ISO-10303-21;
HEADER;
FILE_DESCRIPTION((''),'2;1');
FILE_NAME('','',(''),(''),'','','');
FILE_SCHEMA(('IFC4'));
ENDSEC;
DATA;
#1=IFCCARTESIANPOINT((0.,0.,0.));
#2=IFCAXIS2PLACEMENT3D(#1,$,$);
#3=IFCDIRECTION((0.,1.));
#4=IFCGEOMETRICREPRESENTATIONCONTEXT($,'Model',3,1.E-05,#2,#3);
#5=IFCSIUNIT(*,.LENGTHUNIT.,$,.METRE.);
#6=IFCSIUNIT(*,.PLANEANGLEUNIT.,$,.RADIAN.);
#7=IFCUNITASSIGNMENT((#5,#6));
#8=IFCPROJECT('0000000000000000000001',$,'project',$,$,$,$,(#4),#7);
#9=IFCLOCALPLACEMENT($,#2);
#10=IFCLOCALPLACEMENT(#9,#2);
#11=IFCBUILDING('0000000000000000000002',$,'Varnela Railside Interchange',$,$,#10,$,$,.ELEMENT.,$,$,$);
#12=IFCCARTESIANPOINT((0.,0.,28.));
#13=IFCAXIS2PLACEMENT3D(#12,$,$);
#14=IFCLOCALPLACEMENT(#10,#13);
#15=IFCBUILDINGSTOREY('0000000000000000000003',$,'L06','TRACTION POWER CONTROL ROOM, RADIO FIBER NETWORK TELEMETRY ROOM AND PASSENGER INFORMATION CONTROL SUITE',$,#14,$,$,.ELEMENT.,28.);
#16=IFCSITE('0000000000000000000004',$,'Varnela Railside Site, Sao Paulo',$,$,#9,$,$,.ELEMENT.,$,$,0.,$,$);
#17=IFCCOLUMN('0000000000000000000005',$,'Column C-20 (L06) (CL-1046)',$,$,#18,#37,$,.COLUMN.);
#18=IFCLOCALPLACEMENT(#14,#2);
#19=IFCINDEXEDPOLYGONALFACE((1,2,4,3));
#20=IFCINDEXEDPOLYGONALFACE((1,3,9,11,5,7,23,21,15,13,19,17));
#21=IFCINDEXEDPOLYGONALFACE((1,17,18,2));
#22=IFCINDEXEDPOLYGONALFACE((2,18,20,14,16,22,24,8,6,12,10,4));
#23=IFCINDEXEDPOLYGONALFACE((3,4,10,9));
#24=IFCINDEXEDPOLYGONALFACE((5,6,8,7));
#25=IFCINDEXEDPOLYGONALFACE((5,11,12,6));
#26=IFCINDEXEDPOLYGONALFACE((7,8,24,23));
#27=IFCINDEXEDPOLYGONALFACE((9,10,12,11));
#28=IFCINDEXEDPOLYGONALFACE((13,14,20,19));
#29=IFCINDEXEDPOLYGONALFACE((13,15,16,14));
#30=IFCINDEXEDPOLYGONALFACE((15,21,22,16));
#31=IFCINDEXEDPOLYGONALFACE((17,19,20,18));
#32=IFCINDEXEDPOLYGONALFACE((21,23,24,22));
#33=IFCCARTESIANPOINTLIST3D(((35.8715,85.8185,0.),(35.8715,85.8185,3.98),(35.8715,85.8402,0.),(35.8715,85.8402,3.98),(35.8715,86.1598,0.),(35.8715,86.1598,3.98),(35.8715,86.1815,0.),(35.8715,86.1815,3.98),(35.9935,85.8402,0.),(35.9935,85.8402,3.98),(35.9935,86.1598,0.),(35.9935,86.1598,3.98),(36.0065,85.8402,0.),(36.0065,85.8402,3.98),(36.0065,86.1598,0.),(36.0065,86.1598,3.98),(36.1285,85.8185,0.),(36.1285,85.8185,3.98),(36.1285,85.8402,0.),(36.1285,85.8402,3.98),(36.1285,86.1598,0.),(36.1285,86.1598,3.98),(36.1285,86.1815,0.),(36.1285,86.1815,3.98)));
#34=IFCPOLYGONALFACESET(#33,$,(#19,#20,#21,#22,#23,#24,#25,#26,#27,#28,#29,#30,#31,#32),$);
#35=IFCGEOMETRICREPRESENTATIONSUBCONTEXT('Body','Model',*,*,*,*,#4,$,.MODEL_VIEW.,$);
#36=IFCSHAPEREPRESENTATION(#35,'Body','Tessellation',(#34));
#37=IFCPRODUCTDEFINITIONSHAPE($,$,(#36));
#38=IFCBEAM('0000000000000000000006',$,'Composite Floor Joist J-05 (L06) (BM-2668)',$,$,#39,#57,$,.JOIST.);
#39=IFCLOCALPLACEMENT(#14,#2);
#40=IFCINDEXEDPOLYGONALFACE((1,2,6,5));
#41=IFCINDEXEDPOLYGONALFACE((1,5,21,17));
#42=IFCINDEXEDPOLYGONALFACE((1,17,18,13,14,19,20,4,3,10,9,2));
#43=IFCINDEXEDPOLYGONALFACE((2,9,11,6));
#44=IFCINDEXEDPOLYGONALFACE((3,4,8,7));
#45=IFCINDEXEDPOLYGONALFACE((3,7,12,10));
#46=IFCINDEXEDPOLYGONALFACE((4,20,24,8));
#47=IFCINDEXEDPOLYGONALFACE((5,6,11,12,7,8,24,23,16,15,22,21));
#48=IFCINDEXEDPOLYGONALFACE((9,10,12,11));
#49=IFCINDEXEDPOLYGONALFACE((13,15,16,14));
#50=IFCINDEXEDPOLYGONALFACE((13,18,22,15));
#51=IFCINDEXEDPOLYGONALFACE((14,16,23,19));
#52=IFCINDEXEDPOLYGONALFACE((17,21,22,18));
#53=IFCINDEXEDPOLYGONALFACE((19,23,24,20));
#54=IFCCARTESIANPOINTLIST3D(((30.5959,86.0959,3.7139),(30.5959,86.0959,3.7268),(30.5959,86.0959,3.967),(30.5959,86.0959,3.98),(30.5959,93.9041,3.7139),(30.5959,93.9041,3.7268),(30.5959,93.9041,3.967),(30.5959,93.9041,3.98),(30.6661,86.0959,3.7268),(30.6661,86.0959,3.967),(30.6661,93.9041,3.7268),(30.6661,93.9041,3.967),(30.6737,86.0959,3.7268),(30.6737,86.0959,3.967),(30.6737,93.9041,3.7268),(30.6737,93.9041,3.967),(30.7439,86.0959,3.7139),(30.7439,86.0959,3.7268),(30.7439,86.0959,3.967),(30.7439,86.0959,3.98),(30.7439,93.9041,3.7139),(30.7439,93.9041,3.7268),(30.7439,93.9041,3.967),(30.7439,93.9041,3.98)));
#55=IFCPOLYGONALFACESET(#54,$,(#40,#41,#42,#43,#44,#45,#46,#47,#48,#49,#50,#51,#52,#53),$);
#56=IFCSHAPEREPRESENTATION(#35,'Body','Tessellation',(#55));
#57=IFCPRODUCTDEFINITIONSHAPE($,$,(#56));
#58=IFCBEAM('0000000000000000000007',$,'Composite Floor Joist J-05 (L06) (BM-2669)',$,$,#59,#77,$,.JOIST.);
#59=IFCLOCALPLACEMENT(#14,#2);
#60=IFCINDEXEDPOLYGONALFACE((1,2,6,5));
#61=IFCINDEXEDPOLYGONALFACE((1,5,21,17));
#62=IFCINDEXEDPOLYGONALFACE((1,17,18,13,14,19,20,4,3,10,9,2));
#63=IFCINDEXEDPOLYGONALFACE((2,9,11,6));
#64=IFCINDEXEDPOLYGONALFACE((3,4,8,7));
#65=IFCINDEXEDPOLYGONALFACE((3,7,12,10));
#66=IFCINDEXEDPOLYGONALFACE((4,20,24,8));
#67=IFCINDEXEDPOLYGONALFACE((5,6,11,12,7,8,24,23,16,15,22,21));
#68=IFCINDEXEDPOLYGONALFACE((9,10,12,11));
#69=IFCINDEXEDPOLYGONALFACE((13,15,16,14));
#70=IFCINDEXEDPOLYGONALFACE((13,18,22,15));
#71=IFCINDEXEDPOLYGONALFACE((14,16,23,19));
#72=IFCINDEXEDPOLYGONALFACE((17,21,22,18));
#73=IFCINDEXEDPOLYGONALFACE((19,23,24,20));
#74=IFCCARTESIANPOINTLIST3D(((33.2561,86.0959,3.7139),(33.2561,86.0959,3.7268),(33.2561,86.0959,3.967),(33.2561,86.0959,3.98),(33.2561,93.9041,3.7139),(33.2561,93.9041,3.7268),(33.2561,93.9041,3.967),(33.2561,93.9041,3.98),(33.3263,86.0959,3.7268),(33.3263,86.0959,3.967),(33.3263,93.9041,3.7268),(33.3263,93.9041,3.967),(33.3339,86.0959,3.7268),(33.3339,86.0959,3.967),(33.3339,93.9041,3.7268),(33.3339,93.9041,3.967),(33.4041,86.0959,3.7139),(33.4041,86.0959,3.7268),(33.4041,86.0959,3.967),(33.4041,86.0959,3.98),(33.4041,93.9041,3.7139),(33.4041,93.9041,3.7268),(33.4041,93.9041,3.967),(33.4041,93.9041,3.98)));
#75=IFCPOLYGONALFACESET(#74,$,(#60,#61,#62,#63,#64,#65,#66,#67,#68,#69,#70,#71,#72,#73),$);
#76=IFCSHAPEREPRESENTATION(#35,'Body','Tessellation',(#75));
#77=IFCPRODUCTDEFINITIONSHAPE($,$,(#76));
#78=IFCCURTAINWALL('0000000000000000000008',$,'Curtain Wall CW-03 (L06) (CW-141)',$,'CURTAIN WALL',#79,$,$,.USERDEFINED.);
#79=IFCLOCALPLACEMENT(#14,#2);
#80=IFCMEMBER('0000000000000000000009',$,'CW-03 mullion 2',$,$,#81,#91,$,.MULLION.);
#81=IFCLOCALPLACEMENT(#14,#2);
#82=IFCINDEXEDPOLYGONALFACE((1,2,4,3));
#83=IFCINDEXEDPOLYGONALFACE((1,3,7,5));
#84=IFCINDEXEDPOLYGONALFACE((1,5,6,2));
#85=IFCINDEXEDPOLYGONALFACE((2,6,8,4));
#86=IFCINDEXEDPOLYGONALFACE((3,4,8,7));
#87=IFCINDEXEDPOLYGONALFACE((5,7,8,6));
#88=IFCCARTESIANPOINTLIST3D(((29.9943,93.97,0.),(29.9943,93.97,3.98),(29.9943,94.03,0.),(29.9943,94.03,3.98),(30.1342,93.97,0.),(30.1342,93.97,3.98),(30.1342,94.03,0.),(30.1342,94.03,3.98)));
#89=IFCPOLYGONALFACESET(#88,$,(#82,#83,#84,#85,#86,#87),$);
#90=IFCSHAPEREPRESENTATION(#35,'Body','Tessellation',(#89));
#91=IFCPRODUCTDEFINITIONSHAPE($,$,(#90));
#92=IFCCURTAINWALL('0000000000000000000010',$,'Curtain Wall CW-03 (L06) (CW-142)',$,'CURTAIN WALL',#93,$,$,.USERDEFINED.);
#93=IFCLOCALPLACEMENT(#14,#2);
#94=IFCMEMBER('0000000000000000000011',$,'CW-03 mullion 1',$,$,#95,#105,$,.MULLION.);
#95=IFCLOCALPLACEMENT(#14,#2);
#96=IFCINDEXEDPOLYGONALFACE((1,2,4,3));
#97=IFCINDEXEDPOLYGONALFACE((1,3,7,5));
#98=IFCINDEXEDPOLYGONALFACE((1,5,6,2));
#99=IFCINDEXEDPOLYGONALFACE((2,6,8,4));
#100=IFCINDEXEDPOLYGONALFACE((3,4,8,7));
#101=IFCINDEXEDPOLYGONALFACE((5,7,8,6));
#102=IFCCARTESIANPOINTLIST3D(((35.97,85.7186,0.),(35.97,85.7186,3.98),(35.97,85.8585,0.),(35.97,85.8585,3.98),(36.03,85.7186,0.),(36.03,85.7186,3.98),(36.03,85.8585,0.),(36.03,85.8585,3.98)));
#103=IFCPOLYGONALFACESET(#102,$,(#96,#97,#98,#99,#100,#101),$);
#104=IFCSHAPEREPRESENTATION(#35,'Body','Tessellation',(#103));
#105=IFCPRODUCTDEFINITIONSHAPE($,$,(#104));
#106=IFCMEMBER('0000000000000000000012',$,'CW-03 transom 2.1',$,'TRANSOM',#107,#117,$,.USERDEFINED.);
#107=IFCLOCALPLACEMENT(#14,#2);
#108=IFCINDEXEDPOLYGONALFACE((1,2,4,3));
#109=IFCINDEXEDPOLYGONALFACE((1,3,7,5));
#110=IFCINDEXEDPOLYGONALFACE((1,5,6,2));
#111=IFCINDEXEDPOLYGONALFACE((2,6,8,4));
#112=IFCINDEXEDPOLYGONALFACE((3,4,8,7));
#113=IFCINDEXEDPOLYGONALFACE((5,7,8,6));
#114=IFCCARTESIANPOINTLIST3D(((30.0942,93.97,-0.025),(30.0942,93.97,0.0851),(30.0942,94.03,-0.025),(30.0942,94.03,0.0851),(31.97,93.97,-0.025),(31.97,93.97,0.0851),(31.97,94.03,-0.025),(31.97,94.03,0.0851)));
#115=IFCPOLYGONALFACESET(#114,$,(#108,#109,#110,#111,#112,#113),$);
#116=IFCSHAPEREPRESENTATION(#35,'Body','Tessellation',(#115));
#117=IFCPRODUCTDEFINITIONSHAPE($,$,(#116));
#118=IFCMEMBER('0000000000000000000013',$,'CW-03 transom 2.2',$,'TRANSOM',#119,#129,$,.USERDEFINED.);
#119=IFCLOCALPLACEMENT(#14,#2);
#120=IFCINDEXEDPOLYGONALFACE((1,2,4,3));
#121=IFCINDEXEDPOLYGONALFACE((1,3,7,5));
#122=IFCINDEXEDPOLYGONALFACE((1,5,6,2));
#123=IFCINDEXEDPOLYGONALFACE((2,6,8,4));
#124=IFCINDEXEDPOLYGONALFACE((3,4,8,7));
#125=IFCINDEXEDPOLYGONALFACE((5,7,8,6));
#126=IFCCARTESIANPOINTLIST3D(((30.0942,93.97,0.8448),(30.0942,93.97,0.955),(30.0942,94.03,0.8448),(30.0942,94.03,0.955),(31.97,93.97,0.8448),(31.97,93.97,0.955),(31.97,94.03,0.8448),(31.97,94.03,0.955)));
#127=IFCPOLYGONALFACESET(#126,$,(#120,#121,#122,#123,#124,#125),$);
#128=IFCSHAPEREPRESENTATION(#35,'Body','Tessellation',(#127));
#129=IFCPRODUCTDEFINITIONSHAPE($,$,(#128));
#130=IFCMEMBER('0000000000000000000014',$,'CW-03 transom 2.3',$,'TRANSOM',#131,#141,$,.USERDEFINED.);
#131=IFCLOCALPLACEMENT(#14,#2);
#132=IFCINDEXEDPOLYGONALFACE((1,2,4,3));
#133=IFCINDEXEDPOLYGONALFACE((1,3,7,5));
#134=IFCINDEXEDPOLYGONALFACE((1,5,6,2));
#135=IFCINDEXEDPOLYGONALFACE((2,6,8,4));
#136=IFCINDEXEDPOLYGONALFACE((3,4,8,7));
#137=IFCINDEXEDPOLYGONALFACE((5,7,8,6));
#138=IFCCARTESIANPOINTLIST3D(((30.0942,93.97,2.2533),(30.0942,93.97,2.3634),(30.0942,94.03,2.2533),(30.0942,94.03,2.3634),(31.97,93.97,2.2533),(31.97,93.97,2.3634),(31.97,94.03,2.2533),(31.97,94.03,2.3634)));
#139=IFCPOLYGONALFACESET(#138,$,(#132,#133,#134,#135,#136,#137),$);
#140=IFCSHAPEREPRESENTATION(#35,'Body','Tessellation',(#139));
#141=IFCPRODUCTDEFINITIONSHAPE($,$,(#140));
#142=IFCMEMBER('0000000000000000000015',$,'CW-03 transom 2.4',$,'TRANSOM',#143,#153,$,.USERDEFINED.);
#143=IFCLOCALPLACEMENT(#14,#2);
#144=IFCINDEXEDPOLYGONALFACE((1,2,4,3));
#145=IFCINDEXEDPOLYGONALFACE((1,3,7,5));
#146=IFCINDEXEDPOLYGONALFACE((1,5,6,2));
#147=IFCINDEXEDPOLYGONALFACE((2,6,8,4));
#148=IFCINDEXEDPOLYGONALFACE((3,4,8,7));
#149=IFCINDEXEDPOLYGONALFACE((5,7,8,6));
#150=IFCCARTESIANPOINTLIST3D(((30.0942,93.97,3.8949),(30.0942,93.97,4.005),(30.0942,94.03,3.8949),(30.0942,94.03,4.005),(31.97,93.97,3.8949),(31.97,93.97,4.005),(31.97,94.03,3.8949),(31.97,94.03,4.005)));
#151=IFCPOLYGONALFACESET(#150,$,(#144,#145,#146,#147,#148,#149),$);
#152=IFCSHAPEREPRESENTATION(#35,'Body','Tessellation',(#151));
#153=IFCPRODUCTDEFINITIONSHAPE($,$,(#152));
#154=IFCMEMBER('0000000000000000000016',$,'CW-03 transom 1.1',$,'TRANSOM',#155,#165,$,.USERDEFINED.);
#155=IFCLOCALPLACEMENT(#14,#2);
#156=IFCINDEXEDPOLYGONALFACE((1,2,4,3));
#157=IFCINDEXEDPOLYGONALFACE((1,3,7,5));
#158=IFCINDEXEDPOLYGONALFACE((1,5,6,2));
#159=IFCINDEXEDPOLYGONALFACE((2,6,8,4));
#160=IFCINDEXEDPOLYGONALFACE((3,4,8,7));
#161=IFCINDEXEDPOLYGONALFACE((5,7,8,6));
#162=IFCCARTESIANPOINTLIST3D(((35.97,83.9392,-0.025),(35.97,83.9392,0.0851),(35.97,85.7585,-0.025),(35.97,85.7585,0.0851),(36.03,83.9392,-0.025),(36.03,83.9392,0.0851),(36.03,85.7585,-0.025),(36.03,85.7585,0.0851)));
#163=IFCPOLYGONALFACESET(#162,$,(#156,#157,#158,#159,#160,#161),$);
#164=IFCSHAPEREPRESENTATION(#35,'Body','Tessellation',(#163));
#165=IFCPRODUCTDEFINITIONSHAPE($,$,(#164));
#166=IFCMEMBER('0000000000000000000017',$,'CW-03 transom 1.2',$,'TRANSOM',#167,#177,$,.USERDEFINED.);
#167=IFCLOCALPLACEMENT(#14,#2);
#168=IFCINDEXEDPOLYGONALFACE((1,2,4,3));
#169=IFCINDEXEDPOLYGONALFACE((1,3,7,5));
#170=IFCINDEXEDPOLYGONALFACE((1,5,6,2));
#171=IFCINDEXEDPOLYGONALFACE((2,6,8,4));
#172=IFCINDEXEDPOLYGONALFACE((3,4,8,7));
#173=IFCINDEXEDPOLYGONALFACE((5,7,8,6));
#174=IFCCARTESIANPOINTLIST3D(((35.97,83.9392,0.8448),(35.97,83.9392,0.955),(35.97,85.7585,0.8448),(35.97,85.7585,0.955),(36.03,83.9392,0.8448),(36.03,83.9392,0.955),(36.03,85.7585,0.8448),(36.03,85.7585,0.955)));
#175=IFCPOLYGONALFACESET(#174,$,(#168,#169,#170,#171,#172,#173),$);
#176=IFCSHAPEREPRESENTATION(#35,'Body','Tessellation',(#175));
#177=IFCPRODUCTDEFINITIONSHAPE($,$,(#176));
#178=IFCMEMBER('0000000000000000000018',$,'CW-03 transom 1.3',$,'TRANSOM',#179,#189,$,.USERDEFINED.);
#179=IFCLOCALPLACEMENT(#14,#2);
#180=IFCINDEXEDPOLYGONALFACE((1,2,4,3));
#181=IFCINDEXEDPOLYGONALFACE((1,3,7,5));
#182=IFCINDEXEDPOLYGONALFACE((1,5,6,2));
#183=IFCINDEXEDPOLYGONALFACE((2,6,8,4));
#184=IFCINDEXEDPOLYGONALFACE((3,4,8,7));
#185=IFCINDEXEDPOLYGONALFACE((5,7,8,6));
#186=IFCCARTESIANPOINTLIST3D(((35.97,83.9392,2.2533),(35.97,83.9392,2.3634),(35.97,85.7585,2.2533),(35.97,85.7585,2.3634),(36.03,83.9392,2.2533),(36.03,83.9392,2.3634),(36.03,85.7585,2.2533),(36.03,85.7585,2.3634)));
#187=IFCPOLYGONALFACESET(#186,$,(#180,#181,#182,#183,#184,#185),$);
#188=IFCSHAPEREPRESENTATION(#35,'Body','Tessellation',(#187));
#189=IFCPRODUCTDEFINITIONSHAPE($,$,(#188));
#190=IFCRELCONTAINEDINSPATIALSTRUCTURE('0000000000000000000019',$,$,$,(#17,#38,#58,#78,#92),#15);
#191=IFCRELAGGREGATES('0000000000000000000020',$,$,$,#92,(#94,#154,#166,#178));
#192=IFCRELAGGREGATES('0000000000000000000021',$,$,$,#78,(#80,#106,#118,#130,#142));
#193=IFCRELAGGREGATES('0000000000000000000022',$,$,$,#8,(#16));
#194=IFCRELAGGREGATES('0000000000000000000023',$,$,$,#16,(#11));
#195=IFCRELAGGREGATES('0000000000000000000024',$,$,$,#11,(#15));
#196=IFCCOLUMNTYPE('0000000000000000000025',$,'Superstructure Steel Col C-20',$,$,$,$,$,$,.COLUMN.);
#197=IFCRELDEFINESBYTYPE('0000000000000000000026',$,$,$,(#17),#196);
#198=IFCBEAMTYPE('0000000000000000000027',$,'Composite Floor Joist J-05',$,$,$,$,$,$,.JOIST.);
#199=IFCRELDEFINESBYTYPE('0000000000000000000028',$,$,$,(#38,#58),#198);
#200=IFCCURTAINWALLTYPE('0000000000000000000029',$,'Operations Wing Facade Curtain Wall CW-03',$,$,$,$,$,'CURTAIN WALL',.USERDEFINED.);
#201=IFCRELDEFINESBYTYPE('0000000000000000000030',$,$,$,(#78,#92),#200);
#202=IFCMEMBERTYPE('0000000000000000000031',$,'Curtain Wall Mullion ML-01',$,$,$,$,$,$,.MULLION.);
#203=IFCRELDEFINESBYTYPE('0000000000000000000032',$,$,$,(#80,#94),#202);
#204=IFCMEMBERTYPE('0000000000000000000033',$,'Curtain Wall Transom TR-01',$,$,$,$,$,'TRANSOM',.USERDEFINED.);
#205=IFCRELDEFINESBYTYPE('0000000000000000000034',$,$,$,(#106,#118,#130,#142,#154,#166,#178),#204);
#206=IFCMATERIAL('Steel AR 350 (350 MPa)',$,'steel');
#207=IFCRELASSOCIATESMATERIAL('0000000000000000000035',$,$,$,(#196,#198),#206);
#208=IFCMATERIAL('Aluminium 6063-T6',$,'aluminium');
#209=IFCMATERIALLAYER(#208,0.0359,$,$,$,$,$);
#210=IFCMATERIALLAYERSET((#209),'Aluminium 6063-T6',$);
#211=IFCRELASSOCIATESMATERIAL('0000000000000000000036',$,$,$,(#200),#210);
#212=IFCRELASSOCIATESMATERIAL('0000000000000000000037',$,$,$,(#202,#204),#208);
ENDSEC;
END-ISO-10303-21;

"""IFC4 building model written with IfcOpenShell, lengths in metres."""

from ifc_helpers import new_model, si_unit, direction, frame, origin, origin_2d, place, context, subcontext, project, spatial, rectangle, i_section, extrude, material, layer, layer_set, material_profile, profile_set, type_object, element, aggregate, save


model = new_model("IFC4")

# Units and contexts
model_context = context("Model", 3, precision=1e-05, world=origin(), true_north=direction((0.0, 1.0)))
body_context = subcontext(model_context, "Body", "Model", "MODEL_VIEW")
ifc_project = project(units=[si_unit("LENGTHUNIT", "METRE"), si_unit("PLANEANGLEUNIT", "RADIAN")], contexts=[model_context])

# Site, building, storey
site_placement = place(None, origin())
site = spatial("IfcSite", under=ifc_project, at=site_placement, Name="Varnela Railside Site, Sao Paulo", CompositionType="ELEMENT", RefElevation=0.0)
building_placement = place(site_placement, origin())
building = spatial("IfcBuilding", under=site, at=building_placement, Name="Varnela Railside Interchange", CompositionType="ELEMENT")
storey_placement = place(building_placement, frame((0.0, 0.0, 28.0)))
storey = spatial("IfcBuildingStorey", under=building, at=storey_placement, Name="L06", Description="TRACTION POWER CONTROL ROOM, RADIO FIBER NETWORK TELEMETRY ROOM AND PASSENGER INFORMATION CONTROL SUITE", CompositionType="ELEMENT", Elevation=28.0)

# Column
ifc_material_1 = material(Name="Steel AR 350 (350 MPa)", Category="steel")
ifc_material_profile_1 = material_profile(ifc_material_1, i_section(OverallWidth=0.2571, OverallDepth=0.363, WebThickness=0.0129, FlangeThickness=0.0217, at=origin_2d()), Name="W360x122")
ifc_profile_set_1 = profile_set([ifc_material_profile_1], Name="Steel AR 350 (350 MPa)")
column_type = type_object("IfcColumnType", Name="Superstructure Steel Col C-20", PredefinedType="COLUMN", material=ifc_profile_set_1)
column_placement = place(storey_placement, frame((36.0, 86.0, 0.0), z_axis=(0.0, 0.0, 1.0), x_axis=(1.0, 0.0, 0.0)))
element("IfcColumn", 1, at=column_placement, inside=storey, type_object=column_type, Name="Column C-20 (L06) (CL-1046)", PredefinedType="COLUMN", context=body_context, shape_type="SweptSolid", body=[
    extrude(i_section(OverallWidth=0.2571, OverallDepth=0.363, WebThickness=0.0129, FlangeThickness=0.0217, at=origin_2d()), origin(), (0.0, 0.0, 1.0), 3.98),
])

# Beams
ifc_material_profile_2 = material_profile(ifc_material_1, i_section(OverallWidth=0.1479, OverallDepth=0.2661, WebThickness=0.0076, FlangeThickness=0.0129, at=origin_2d()), Name="W250x44.8")
ifc_profile_set_2 = profile_set([ifc_material_profile_2], Name="Steel AR 350 (350 MPa)")
beam_type_1 = type_object("IfcBeamType", Name="Composite Floor Joist J-05", PredefinedType="JOIST", material=ifc_profile_set_2)
for number, where, z_axis, x_axis, name in (
    (2, (30.6699, 86.0959, 3.8469), (0.0, 1.0, 0.0), (-1.0, 0.0, 0.0), "Composite Floor Joist J-05 (L06) (BM-2668)"),
    (3, (33.3301, 86.0959, 3.8469), (0.0, 1.0, 0.0), (-1.0, 0.0, 0.0), "Composite Floor Joist J-05 (L06) (BM-2669)"),
):
    element("IfcBeam", number, at=place(storey_placement, frame(where, z_axis=z_axis, x_axis=x_axis)), inside=storey, type_object=beam_type_1, Name=name, PredefinedType="JOIST", context=body_context, shape_type="SweptSolid", body=[
        extrude(i_section(OverallWidth=0.1479, OverallDepth=0.2661, WebThickness=0.0076, FlangeThickness=0.0129, at=origin_2d()), origin(), (0.0, 0.0, 1.0), 7.8081),
    ])

# Curtain walls, members
ifc_material_2 = material(Name="Aluminium 6063-T6", Category="aluminium")
ifc_layer_1 = layer(ifc_material_2, 0.0359)
ifc_layer_set_1 = layer_set([ifc_layer_1], Name="Aluminium 6063-T6")
curtain_wall_type = type_object("IfcCurtainWallType", Name="Operations Wing Facade Curtain Wall CW-03", ElementType="CURTAIN WALL", PredefinedType="USERDEFINED", material=ifc_layer_set_1)
curtain_wall_1_placement = place(storey_placement, origin())
curtain_wall_1 = element("IfcCurtainWall", 4, at=curtain_wall_1_placement, inside=storey, type_object=curtain_wall_type, Name="Curtain Wall CW-03 (L06) (CW-141)", ObjectType="CURTAIN WALL", PredefinedType="USERDEFINED")
ifc_material_profile_3 = material_profile(ifc_material_2, rectangle(XDim=0.0601, YDim=0.1399, at=origin_2d()), Name="ALU 60x140")
ifc_profile_set_3 = profile_set([ifc_material_profile_3], Name="Aluminium 6063-T6")
member_type_1 = type_object("IfcMemberType", Name="Curtain Wall Mullion ML-01", PredefinedType="MULLION", material=ifc_profile_set_3)
member_1_placement = place(storey_placement, frame((30.0642, 94.0, 0.0), z_axis=(0.0, 0.0, 1.0), x_axis=(0.0, 1.0, 0.0)))
member_1 = element("IfcMember", 5, at=member_1_placement, type_object=member_type_1, Name="CW-03 mullion 2", PredefinedType="MULLION", context=body_context, shape_type="SweptSolid", body=[
    extrude(rectangle(XDim=0.0601, YDim=0.1399, at=origin_2d()), origin(), (0.0, 0.0, 1.0), 3.98),
])
curtain_wall_2_placement = place(storey_placement, origin())
curtain_wall_2 = element("IfcCurtainWall", 6, at=curtain_wall_2_placement, inside=storey, type_object=curtain_wall_type, Name="Curtain Wall CW-03 (L06) (CW-142)", ObjectType="CURTAIN WALL", PredefinedType="USERDEFINED")
member_2_placement = place(storey_placement, frame((36.0, 85.7886, 0.0), z_axis=(0.0, 0.0, 1.0), x_axis=(1.0, 0.0, 0.0)))
member_2 = element("IfcMember", 7, at=member_2_placement, type_object=member_type_1, Name="CW-03 mullion 1", PredefinedType="MULLION", context=body_context, shape_type="SweptSolid", body=[
    extrude(rectangle(XDim=0.0601, YDim=0.1399, at=origin_2d()), origin(), (0.0, 0.0, 1.0), 3.98),
])

# Members
ifc_material_profile_4 = material_profile(ifc_material_2, rectangle(XDim=0.0601, YDim=0.1101, at=origin_2d()), Name="ALU 60x110")
ifc_profile_set_4 = profile_set([ifc_material_profile_4], Name="Aluminium 6063-T6")
member_type_2 = type_object("IfcMemberType", Name="Curtain Wall Transom TR-01", ElementType="TRANSOM", PredefinedType="USERDEFINED", material=ifc_profile_set_4)
member_3_placement = place(storey_placement, frame((30.0942, 94.0, 0.03), z_axis=(1.0, 0.0, 0.0), x_axis=(0.0, 1.0, 0.0)))
member_3 = element("IfcMember", 8, at=member_3_placement, type_object=member_type_2, Name="CW-03 transom 2.1", ObjectType="TRANSOM", PredefinedType="USERDEFINED", context=body_context, shape_type="SweptSolid", body=[
    extrude(rectangle(XDim=0.0601, YDim=0.1101, at=origin_2d()), origin(), (0.0, 0.0, 1.0), 1.8757),
])
member_4_placement = place(storey_placement, frame((30.0942, 94.0, 0.8999), z_axis=(1.0, 0.0, 0.0), x_axis=(0.0, 1.0, 0.0)))
member_4 = element("IfcMember", 9, at=member_4_placement, type_object=member_type_2, Name="CW-03 transom 2.2", ObjectType="TRANSOM", PredefinedType="USERDEFINED", context=body_context, shape_type="SweptSolid", body=[
    extrude(rectangle(XDim=0.0601, YDim=0.1101, at=origin_2d()), origin(), (0.0, 0.0, 1.0), 1.8757),
])
member_5_placement = place(storey_placement, frame((30.0942, 94.0, 2.3083), z_axis=(1.0, 0.0, 0.0), x_axis=(0.0, 1.0, 0.0)))
member_5 = element("IfcMember", 10, at=member_5_placement, type_object=member_type_2, Name="CW-03 transom 2.3", ObjectType="TRANSOM", PredefinedType="USERDEFINED", context=body_context, shape_type="SweptSolid", body=[
    extrude(rectangle(XDim=0.0601, YDim=0.1101, at=origin_2d()), origin(), (0.0, 0.0, 1.0), 1.8757),
])
member_6_placement = place(storey_placement, frame((30.0942, 94.0, 3.95), z_axis=(1.0, 0.0, 0.0), x_axis=(0.0, 1.0, 0.0)))
member_6 = element("IfcMember", 11, at=member_6_placement, type_object=member_type_2, Name="CW-03 transom 2.4", ObjectType="TRANSOM", PredefinedType="USERDEFINED", context=body_context, shape_type="SweptSolid", body=[
    extrude(rectangle(XDim=0.0601, YDim=0.1101, at=origin_2d()), origin(), (0.0, 0.0, 1.0), 1.8757),
])
member_7_placement = place(storey_placement, frame((36.0, 85.7585, 0.03), z_axis=(0.0, -1.0, 0.0), x_axis=(1.0, 0.0, 0.0)))
member_7 = element("IfcMember", 12, at=member_7_placement, type_object=member_type_2, Name="CW-03 transom 1.1", ObjectType="TRANSOM", PredefinedType="USERDEFINED", context=body_context, shape_type="SweptSolid", body=[
    extrude(rectangle(XDim=0.0601, YDim=0.1101, at=origin_2d()), origin(), (0.0, 0.0, 1.0), 1.8193),
])
member_8_placement = place(storey_placement, frame((36.0, 85.7585, 0.8999), z_axis=(0.0, -1.0, 0.0), x_axis=(1.0, 0.0, 0.0)))
member_8 = element("IfcMember", 13, at=member_8_placement, type_object=member_type_2, Name="CW-03 transom 1.2", ObjectType="TRANSOM", PredefinedType="USERDEFINED", context=body_context, shape_type="SweptSolid", body=[
    extrude(rectangle(XDim=0.0601, YDim=0.1101, at=origin_2d()), origin(), (0.0, 0.0, 1.0), 1.8193),
])
member_9_placement = place(storey_placement, frame((36.0, 85.7585, 2.3083), z_axis=(0.0, -1.0, 0.0), x_axis=(1.0, 0.0, 0.0)))
member_9 = element("IfcMember", 14, at=member_9_placement, type_object=member_type_2, Name="CW-03 transom 1.3", ObjectType="TRANSOM", PredefinedType="USERDEFINED", context=body_context, shape_type="SweptSolid", body=[
    extrude(rectangle(XDim=0.0601, YDim=0.1101, at=origin_2d()), origin(), (0.0, 0.0, 1.0), 1.8193),
])
aggregate(curtain_wall_2, [member_2, member_7, member_8, member_9])

aggregate(curtain_wall_1, [member_1, member_3, member_4, member_5, member_6])

save(model, "model.ifc")
